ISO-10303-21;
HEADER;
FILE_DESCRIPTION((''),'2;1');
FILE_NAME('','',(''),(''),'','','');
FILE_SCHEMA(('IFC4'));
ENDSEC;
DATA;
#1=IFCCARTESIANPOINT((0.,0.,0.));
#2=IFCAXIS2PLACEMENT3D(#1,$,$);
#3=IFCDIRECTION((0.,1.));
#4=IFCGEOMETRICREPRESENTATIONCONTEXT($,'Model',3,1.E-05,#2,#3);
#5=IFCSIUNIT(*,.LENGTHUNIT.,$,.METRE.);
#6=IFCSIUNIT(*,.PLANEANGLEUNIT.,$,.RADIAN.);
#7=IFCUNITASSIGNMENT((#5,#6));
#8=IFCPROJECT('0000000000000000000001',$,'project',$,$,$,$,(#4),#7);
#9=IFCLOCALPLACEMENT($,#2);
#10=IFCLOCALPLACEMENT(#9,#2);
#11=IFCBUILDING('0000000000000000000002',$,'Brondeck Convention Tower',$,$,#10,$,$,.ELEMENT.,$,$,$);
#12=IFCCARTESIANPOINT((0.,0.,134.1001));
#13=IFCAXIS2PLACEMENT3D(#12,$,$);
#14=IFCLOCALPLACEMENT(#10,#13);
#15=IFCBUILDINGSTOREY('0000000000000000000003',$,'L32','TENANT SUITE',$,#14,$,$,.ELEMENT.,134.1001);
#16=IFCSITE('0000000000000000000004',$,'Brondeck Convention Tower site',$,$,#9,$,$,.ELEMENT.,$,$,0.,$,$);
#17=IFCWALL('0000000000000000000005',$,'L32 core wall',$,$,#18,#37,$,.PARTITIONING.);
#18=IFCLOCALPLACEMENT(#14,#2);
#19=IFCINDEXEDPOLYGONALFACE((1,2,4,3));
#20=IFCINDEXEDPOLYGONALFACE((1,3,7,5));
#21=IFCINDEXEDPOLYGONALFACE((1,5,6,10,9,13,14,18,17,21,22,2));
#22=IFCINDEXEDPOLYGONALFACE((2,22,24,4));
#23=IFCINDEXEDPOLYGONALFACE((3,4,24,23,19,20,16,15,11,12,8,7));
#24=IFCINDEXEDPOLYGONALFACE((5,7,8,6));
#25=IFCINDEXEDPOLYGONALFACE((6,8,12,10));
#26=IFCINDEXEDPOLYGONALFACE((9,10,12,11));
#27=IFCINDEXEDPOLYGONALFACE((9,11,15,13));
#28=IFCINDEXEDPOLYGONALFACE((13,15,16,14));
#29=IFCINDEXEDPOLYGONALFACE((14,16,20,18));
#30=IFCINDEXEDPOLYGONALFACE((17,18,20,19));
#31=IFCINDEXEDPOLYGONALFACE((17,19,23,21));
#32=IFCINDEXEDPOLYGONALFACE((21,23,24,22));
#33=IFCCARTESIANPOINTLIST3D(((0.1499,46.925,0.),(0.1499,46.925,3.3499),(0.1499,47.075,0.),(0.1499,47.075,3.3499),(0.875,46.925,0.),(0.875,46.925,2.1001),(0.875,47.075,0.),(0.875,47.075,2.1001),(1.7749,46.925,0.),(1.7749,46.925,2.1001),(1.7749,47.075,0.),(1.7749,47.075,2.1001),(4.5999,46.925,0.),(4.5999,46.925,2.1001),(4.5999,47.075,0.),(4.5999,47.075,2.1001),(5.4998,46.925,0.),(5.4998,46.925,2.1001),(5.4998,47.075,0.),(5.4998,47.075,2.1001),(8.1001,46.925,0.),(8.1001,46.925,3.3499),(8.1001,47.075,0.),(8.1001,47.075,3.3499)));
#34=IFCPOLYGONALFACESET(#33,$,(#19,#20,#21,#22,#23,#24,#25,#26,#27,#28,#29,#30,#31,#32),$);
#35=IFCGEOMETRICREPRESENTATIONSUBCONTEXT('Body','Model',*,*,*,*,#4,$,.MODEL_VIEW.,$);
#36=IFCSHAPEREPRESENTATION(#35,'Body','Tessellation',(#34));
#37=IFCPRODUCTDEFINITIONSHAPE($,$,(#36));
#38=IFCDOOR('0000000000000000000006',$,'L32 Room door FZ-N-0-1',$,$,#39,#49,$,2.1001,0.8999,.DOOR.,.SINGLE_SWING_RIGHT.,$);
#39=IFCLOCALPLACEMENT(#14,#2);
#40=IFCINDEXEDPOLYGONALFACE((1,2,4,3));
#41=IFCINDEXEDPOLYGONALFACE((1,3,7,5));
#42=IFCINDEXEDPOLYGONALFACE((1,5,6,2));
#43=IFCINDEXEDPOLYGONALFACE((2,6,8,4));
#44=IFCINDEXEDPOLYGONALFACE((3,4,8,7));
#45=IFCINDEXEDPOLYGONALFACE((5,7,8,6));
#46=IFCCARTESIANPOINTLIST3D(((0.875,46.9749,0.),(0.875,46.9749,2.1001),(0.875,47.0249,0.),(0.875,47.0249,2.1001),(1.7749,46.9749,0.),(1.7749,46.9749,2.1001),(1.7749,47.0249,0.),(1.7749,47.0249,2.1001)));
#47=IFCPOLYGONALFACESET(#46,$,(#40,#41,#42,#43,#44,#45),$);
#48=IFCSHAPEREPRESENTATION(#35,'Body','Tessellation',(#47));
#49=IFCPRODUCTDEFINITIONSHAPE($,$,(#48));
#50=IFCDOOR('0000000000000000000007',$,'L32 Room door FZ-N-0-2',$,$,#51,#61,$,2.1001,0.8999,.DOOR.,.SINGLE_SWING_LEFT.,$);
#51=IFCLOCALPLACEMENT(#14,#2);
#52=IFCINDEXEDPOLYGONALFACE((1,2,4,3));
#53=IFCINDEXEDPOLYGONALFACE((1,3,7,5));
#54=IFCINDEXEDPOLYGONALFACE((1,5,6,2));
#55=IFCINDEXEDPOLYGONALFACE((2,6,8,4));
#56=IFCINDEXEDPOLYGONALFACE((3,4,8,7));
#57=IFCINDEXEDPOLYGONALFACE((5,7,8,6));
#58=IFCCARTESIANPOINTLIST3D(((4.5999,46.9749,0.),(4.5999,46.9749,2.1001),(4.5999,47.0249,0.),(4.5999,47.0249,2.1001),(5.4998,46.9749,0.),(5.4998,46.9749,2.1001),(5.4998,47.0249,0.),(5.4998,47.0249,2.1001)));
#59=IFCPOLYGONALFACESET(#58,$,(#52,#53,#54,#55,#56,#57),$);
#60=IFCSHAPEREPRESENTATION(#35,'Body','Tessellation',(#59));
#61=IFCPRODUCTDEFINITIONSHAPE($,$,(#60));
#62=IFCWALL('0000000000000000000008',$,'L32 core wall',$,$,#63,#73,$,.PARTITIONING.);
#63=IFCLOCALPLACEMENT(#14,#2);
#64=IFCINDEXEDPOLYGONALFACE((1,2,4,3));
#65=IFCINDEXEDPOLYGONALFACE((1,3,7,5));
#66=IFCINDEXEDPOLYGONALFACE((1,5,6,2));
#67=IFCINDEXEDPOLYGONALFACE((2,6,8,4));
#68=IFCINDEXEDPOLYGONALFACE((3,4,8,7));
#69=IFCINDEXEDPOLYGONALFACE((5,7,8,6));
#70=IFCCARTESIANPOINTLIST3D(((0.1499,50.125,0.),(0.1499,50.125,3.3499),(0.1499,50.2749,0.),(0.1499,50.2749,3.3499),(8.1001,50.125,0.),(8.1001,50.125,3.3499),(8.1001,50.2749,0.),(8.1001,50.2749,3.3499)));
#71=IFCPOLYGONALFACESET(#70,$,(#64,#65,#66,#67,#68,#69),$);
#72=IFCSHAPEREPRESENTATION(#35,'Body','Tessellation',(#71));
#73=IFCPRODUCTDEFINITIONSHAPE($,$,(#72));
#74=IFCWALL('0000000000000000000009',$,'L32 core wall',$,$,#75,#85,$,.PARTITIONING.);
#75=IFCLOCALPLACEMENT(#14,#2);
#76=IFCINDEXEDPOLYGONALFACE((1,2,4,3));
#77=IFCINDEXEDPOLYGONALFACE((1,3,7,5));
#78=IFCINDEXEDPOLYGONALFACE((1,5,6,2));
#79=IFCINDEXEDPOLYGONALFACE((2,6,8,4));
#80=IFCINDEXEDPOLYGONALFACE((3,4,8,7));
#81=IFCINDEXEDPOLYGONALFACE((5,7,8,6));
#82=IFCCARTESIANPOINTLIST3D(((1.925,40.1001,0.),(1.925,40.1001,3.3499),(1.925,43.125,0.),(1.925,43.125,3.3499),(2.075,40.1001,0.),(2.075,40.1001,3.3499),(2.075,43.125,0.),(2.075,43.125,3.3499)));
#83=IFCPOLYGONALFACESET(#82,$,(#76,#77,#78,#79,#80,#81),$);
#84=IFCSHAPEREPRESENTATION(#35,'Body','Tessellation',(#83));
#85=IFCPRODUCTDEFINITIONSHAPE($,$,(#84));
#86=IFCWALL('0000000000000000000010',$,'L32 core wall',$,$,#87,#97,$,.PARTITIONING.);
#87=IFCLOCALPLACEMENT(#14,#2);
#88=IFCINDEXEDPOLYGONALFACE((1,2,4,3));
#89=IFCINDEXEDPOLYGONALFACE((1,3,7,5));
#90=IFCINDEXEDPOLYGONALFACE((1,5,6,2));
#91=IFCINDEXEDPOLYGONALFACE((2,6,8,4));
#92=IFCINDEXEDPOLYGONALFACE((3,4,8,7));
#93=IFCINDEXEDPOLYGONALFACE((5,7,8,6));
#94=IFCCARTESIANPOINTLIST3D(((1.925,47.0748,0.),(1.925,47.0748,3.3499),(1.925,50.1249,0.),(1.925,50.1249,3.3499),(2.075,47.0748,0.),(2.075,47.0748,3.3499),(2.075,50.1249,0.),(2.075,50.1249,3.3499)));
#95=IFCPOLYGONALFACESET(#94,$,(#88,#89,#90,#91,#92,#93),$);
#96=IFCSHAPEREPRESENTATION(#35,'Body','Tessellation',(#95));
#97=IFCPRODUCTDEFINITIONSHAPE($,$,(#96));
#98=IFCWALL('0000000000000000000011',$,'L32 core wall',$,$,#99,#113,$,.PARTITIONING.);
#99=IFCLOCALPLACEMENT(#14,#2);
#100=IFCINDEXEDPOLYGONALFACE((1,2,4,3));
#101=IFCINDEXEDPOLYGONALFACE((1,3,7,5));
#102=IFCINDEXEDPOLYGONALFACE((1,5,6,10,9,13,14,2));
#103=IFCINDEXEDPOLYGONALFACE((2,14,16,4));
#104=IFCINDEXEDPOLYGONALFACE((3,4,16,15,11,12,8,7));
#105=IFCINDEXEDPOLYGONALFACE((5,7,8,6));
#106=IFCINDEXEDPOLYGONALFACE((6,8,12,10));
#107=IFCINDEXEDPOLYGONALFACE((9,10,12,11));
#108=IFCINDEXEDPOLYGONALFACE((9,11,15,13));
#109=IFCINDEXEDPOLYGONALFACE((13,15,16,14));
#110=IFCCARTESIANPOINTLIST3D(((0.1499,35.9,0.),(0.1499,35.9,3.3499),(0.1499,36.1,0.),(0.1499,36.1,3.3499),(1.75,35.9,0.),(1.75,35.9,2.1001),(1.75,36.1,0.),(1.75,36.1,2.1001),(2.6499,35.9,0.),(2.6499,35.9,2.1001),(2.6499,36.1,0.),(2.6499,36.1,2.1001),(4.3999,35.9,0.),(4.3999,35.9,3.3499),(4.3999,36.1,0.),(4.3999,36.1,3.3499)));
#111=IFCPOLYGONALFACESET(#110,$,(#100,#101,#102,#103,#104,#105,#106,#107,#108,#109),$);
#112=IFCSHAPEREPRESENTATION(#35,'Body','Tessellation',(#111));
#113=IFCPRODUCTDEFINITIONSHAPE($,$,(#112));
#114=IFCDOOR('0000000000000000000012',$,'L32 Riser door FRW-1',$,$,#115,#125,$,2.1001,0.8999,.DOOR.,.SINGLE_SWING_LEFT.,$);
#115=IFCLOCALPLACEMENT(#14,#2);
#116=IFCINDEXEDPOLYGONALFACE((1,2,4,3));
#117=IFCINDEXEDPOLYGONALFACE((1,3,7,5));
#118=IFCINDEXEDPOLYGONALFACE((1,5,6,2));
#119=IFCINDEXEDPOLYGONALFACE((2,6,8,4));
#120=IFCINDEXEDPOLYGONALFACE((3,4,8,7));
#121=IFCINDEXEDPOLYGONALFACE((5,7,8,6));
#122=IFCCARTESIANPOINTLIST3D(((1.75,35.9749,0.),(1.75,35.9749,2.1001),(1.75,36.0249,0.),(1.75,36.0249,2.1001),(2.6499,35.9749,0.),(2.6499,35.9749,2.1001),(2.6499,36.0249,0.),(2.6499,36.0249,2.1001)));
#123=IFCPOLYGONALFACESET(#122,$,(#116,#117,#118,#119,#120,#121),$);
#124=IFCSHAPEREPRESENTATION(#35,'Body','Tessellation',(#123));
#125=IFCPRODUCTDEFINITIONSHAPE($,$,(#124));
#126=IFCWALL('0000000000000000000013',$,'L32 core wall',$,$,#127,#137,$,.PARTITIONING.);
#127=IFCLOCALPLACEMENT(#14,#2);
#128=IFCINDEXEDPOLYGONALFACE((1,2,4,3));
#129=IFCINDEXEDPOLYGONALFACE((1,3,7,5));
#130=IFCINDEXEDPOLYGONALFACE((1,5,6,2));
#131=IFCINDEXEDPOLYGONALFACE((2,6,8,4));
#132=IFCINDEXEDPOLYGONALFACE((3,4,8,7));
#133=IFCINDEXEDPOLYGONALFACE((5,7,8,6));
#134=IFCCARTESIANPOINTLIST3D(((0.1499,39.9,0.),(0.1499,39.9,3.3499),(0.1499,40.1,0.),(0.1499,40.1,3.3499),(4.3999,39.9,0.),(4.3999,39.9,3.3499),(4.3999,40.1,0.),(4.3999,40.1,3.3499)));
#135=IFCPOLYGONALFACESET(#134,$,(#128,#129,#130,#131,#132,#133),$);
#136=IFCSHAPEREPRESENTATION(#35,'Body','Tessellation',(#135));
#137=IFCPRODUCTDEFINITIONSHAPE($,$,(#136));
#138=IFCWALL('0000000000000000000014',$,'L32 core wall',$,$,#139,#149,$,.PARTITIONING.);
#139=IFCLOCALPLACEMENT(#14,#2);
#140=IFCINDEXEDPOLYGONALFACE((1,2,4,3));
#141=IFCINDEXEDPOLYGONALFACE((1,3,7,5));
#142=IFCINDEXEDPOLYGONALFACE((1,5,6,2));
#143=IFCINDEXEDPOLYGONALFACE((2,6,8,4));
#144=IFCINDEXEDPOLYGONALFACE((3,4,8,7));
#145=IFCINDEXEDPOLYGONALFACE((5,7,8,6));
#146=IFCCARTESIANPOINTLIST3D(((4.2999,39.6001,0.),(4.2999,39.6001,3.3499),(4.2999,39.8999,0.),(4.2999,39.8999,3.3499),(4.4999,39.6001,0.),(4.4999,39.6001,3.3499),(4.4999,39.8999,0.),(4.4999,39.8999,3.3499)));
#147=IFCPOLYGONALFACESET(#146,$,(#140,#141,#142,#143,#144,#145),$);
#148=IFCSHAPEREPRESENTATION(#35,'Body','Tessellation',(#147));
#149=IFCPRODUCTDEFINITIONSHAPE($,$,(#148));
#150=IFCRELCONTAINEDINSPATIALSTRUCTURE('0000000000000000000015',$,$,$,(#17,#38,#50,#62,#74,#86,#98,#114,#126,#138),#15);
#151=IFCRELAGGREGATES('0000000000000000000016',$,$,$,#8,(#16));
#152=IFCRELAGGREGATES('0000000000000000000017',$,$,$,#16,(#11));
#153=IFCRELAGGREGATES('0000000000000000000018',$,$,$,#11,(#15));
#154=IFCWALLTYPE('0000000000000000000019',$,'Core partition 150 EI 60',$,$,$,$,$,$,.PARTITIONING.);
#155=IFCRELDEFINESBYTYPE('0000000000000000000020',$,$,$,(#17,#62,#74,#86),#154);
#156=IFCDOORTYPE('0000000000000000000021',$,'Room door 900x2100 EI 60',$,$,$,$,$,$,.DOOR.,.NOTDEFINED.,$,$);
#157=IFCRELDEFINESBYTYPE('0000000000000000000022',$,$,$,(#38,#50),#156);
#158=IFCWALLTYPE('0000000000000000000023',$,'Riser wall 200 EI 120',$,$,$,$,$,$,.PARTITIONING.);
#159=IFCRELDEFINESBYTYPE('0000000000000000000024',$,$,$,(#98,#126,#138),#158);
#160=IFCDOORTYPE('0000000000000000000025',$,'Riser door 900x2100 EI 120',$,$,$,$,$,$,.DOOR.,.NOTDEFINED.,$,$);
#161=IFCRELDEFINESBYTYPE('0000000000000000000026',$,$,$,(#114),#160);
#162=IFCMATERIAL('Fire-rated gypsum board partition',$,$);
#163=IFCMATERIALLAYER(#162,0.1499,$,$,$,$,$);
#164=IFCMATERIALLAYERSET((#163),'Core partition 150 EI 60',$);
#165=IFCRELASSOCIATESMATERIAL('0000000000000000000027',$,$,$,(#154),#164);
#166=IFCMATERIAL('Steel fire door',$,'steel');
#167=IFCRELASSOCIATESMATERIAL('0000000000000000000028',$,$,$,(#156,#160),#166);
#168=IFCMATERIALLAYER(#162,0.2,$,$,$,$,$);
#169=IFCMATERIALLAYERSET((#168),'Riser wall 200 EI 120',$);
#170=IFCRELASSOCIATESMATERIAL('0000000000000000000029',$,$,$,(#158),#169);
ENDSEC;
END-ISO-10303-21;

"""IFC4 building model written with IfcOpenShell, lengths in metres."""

from ifc_helpers import new_model, si_unit, direction, frame, frame_2d, origin, place, context, subcontext, project, spatial, rectangle, extrude, material, layer, layer_set, type_object, element, fill, save


model = new_model("IFC4")

# Units and contexts
model_context = context("Model", 3, precision=1e-05, world=origin(), true_north=direction((0.0, 1.0)))
body_context = subcontext(model_context, "Body", "Model", "MODEL_VIEW")
ifc_project = project(units=[si_unit("LENGTHUNIT", "METRE"), si_unit("PLANEANGLEUNIT", "RADIAN")], contexts=[model_context])

# Site, building, storey
site_placement = place(None, origin())
site = spatial("IfcSite", under=ifc_project, at=site_placement, Name="Brondeck Convention Tower site", CompositionType="ELEMENT", RefElevation=0.0)
building_placement = place(site_placement, origin())
building = spatial("IfcBuilding", under=site, at=building_placement, Name="Brondeck Convention Tower", CompositionType="ELEMENT")
storey_placement = place(building_placement, frame((0.0, 0.0, 134.1001)))
storey = spatial("IfcBuildingStorey", under=building, at=storey_placement, Name="L32", Description="TENANT SUITE", CompositionType="ELEMENT", Elevation=134.1001)

# Shared definitions
ifc_material_1 = material(Name="Fire-rated gypsum board partition")
ifc_layer_1 = layer(ifc_material_1, 0.1499)
ifc_layer_set_1 = layer_set([ifc_layer_1], Name="Core partition 150 EI 60")
wall_type_1 = type_object("IfcWallType", Name="Core partition 150 EI 60", PredefinedType="PARTITIONING", material=ifc_layer_set_1)

# Wall, openings, doors
ifc_material_2 = material(Name="Steel fire door", Category="steel")
door_type_1 = type_object("IfcDoorType", Name="Room door 900x2100 EI 60", OperationType="NOTDEFINED", PredefinedType="DOOR", material=ifc_material_2)
wall_1_placement = place(storey_placement, frame((0.1499, 47.0, 0.0), z_axis=(0.0, 0.0, 1.0), x_axis=(1.0, 0.0, 0.0)))
wall_1 = element("IfcWall", 1, at=wall_1_placement, inside=storey, type_object=wall_type_1, Name="L32 core wall", PredefinedType="PARTITIONING", context=body_context, shape_type="SweptSolid", body=[
    extrude(rectangle(XDim=7.9502, YDim=0.1499, at=frame_2d((3.9751, 0.0))), origin(), (0.0, 0.0, 1.0), 3.3499),
])
opening_1_placement = place(wall_1_placement, frame((0.7251, 0.0, 0.0)))
opening_1 = element("IfcOpeningElement", 2, at=opening_1_placement, cuts=wall_1, PredefinedType="OPENING", context=body_context, shape_type="SweptSolid", body=[
    extrude(rectangle(XDim=0.8999, YDim=2.1001, at=frame_2d((0.45, 1.05))), frame((0.0, 0.085, 0.0), z_axis=(0.0, -1.0, 0.0), x_axis=(1.0, 0.0, 0.0)), (0.0, 0.0, 1.0), 0.1699),
])
opening_2_placement = place(wall_1_placement, frame((4.45, 0.0, 0.0)))
opening_2 = element("IfcOpeningElement", 3, at=opening_2_placement, cuts=wall_1, PredefinedType="OPENING", context=body_context, shape_type="SweptSolid", body=[
    extrude(rectangle(XDim=0.8999, YDim=2.1001, at=frame_2d((0.45, 1.05))), frame((0.0, 0.085, 0.0), z_axis=(0.0, -1.0, 0.0), x_axis=(1.0, 0.0, 0.0)), (0.0, 0.0, 1.0), 0.1699),
])
door_1_placement = place(opening_1_placement, origin())
door_1 = element("IfcDoor", 4, at=door_1_placement, inside=storey, type_object=door_type_1, Name="L32 Room door FZ-N-0-1", OperationType="SINGLE_SWING_RIGHT", OverallHeight=2.1001, OverallWidth=0.8999, PredefinedType="DOOR", context=body_context, shape_type="SweptSolid", body=[
    extrude(rectangle(XDim=0.8999, YDim=2.1001, at=frame_2d((0.45, 1.05))), frame((0.0, 0.0249, 0.0), z_axis=(0.0, -1.0, 0.0), x_axis=(1.0, 0.0, 0.0)), (0.0, 0.0, 1.0), 0.05),
])
fill(opening_1, door_1)
door_2_placement = place(opening_2_placement, origin())
door_2 = element("IfcDoor", 5, at=door_2_placement, inside=storey, type_object=door_type_1, Name="L32 Room door FZ-N-0-2", OperationType="SINGLE_SWING_LEFT", OverallHeight=2.1001, OverallWidth=0.8999, PredefinedType="DOOR", context=body_context, shape_type="SweptSolid", body=[
    extrude(rectangle(XDim=0.8999, YDim=2.1001, at=frame_2d((0.45, 1.05))), frame((0.0, 0.0249, 0.0), z_axis=(0.0, -1.0, 0.0), x_axis=(1.0, 0.0, 0.0)), (0.0, 0.0, 1.0), 0.05),
])
fill(opening_2, door_2)

# Walls
wall_2_placement = place(storey_placement, frame((0.1499, 50.2, 0.0), z_axis=(0.0, 0.0, 1.0), x_axis=(1.0, 0.0, 0.0)))
element("IfcWall", 6, at=wall_2_placement, inside=storey, type_object=wall_type_1, Name="L32 core wall", PredefinedType="PARTITIONING", context=body_context, shape_type="SweptSolid", body=[
    extrude(rectangle(XDim=7.9502, YDim=0.1499, at=frame_2d((3.9751, 0.0))), origin(), (0.0, 0.0, 1.0), 3.3499),
])
wall_3_placement = place(storey_placement, frame((2.0, 40.1001, 0.0), z_axis=(0.0, 0.0, 1.0), x_axis=(0.0, 1.0, 0.0)))
element("IfcWall", 7, at=wall_3_placement, inside=storey, type_object=wall_type_1, Name="L32 core wall", PredefinedType="PARTITIONING", context=body_context, shape_type="SweptSolid", body=[
    extrude(rectangle(XDim=3.0249, YDim=0.1499, at=frame_2d((1.5125, 0.0))), origin(), (0.0, 0.0, 1.0), 3.3499),
])
wall_4_placement = place(storey_placement, frame((2.0, 47.075, 0.0), z_axis=(0.0, 0.0, 1.0), x_axis=(0.0, 1.0, 0.0)))
element("IfcWall", 8, at=wall_4_placement, inside=storey, type_object=wall_type_1, Name="L32 core wall", PredefinedType="PARTITIONING", context=body_context, shape_type="SweptSolid", body=[
    extrude(rectangle(XDim=3.05, YDim=0.1499, at=frame_2d((1.5249, 0.0))), origin(), (0.0, 0.0, 1.0), 3.3499),
])

# Wall, opening, door
ifc_layer_2 = layer(ifc_material_1, 0.2)
ifc_layer_set_2 = layer_set([ifc_layer_2], Name="Riser wall 200 EI 120")
wall_type_2 = type_object("IfcWallType", Name="Riser wall 200 EI 120", PredefinedType="PARTITIONING", material=ifc_layer_set_2)
wall_5_placement = place(storey_placement, frame((0.1499, 36.0, 0.0), z_axis=(0.0, 0.0, 1.0), x_axis=(1.0, 0.0, 0.0)))
wall_5 = element("IfcWall", 9, at=wall_5_placement, inside=storey, type_object=wall_type_2, Name="L32 core wall", PredefinedType="PARTITIONING", context=body_context, shape_type="SweptSolid", body=[
    extrude(rectangle(XDim=4.25, YDim=0.2, at=frame_2d((2.125, 0.0))), origin(), (0.0, 0.0, 1.0), 3.3499),
])
opening_3_placement = place(wall_5_placement, frame((1.6001, 0.0, 0.0)))
opening_3 = element("IfcOpeningElement", 10, at=opening_3_placement, cuts=wall_5, PredefinedType="OPENING", context=body_context, shape_type="SweptSolid", body=[
    extrude(rectangle(XDim=0.8999, YDim=2.1001, at=frame_2d((0.45, 1.05))), frame((0.0, 0.1099, 0.0), z_axis=(0.0, -1.0, 0.0), x_axis=(1.0, 0.0, 0.0)), (0.0, 0.0, 1.0), 0.22),
])
door_type_2 = type_object("IfcDoorType", Name="Riser door 900x2100 EI 120", OperationType="NOTDEFINED", PredefinedType="DOOR", material=ifc_material_2)
door_3_placement = place(opening_3_placement, origin())
door_3 = element("IfcDoor", 11, at=door_3_placement, inside=storey, type_object=door_type_2, Name="L32 Riser door FRW-1", OperationType="SINGLE_SWING_LEFT", OverallHeight=2.1001, OverallWidth=0.8999, PredefinedType="DOOR", context=body_context, shape_type="SweptSolid", body=[
    extrude(rectangle(XDim=0.8999, YDim=2.1001, at=frame_2d((0.45, 1.05))), frame((0.0, 0.0249, 0.0), z_axis=(0.0, -1.0, 0.0), x_axis=(1.0, 0.0, 0.0)), (0.0, 0.0, 1.0), 0.05),
])
fill(opening_3, door_3)

# Walls
wall_6_placement = place(storey_placement, frame((0.1499, 40.0, 0.0), z_axis=(0.0, 0.0, 1.0), x_axis=(1.0, 0.0, 0.0)))
element("IfcWall", 12, at=wall_6_placement, inside=storey, type_object=wall_type_2, Name="L32 core wall", PredefinedType="PARTITIONING", context=body_context, shape_type="SweptSolid", body=[
    extrude(rectangle(XDim=4.25, YDim=0.2, at=frame_2d((2.125, 0.0))), origin(), (0.0, 0.0, 1.0), 3.3499),
])
wall_7_placement = place(storey_placement, frame((4.3999, 39.6001, 0.0), z_axis=(0.0, 0.0, 1.0), x_axis=(0.0, 1.0, 0.0)))
element("IfcWall", 13, at=wall_7_placement, inside=storey, type_object=wall_type_2, Name="L32 core wall", PredefinedType="PARTITIONING", context=body_context, shape_type="SweptSolid", body=[
    extrude(rectangle(XDim=0.2998, YDim=0.2, at=frame_2d((0.1499, 0.0))), origin(), (0.0, 0.0, 1.0), 3.3499),
])

save(model, "model.ifc")
